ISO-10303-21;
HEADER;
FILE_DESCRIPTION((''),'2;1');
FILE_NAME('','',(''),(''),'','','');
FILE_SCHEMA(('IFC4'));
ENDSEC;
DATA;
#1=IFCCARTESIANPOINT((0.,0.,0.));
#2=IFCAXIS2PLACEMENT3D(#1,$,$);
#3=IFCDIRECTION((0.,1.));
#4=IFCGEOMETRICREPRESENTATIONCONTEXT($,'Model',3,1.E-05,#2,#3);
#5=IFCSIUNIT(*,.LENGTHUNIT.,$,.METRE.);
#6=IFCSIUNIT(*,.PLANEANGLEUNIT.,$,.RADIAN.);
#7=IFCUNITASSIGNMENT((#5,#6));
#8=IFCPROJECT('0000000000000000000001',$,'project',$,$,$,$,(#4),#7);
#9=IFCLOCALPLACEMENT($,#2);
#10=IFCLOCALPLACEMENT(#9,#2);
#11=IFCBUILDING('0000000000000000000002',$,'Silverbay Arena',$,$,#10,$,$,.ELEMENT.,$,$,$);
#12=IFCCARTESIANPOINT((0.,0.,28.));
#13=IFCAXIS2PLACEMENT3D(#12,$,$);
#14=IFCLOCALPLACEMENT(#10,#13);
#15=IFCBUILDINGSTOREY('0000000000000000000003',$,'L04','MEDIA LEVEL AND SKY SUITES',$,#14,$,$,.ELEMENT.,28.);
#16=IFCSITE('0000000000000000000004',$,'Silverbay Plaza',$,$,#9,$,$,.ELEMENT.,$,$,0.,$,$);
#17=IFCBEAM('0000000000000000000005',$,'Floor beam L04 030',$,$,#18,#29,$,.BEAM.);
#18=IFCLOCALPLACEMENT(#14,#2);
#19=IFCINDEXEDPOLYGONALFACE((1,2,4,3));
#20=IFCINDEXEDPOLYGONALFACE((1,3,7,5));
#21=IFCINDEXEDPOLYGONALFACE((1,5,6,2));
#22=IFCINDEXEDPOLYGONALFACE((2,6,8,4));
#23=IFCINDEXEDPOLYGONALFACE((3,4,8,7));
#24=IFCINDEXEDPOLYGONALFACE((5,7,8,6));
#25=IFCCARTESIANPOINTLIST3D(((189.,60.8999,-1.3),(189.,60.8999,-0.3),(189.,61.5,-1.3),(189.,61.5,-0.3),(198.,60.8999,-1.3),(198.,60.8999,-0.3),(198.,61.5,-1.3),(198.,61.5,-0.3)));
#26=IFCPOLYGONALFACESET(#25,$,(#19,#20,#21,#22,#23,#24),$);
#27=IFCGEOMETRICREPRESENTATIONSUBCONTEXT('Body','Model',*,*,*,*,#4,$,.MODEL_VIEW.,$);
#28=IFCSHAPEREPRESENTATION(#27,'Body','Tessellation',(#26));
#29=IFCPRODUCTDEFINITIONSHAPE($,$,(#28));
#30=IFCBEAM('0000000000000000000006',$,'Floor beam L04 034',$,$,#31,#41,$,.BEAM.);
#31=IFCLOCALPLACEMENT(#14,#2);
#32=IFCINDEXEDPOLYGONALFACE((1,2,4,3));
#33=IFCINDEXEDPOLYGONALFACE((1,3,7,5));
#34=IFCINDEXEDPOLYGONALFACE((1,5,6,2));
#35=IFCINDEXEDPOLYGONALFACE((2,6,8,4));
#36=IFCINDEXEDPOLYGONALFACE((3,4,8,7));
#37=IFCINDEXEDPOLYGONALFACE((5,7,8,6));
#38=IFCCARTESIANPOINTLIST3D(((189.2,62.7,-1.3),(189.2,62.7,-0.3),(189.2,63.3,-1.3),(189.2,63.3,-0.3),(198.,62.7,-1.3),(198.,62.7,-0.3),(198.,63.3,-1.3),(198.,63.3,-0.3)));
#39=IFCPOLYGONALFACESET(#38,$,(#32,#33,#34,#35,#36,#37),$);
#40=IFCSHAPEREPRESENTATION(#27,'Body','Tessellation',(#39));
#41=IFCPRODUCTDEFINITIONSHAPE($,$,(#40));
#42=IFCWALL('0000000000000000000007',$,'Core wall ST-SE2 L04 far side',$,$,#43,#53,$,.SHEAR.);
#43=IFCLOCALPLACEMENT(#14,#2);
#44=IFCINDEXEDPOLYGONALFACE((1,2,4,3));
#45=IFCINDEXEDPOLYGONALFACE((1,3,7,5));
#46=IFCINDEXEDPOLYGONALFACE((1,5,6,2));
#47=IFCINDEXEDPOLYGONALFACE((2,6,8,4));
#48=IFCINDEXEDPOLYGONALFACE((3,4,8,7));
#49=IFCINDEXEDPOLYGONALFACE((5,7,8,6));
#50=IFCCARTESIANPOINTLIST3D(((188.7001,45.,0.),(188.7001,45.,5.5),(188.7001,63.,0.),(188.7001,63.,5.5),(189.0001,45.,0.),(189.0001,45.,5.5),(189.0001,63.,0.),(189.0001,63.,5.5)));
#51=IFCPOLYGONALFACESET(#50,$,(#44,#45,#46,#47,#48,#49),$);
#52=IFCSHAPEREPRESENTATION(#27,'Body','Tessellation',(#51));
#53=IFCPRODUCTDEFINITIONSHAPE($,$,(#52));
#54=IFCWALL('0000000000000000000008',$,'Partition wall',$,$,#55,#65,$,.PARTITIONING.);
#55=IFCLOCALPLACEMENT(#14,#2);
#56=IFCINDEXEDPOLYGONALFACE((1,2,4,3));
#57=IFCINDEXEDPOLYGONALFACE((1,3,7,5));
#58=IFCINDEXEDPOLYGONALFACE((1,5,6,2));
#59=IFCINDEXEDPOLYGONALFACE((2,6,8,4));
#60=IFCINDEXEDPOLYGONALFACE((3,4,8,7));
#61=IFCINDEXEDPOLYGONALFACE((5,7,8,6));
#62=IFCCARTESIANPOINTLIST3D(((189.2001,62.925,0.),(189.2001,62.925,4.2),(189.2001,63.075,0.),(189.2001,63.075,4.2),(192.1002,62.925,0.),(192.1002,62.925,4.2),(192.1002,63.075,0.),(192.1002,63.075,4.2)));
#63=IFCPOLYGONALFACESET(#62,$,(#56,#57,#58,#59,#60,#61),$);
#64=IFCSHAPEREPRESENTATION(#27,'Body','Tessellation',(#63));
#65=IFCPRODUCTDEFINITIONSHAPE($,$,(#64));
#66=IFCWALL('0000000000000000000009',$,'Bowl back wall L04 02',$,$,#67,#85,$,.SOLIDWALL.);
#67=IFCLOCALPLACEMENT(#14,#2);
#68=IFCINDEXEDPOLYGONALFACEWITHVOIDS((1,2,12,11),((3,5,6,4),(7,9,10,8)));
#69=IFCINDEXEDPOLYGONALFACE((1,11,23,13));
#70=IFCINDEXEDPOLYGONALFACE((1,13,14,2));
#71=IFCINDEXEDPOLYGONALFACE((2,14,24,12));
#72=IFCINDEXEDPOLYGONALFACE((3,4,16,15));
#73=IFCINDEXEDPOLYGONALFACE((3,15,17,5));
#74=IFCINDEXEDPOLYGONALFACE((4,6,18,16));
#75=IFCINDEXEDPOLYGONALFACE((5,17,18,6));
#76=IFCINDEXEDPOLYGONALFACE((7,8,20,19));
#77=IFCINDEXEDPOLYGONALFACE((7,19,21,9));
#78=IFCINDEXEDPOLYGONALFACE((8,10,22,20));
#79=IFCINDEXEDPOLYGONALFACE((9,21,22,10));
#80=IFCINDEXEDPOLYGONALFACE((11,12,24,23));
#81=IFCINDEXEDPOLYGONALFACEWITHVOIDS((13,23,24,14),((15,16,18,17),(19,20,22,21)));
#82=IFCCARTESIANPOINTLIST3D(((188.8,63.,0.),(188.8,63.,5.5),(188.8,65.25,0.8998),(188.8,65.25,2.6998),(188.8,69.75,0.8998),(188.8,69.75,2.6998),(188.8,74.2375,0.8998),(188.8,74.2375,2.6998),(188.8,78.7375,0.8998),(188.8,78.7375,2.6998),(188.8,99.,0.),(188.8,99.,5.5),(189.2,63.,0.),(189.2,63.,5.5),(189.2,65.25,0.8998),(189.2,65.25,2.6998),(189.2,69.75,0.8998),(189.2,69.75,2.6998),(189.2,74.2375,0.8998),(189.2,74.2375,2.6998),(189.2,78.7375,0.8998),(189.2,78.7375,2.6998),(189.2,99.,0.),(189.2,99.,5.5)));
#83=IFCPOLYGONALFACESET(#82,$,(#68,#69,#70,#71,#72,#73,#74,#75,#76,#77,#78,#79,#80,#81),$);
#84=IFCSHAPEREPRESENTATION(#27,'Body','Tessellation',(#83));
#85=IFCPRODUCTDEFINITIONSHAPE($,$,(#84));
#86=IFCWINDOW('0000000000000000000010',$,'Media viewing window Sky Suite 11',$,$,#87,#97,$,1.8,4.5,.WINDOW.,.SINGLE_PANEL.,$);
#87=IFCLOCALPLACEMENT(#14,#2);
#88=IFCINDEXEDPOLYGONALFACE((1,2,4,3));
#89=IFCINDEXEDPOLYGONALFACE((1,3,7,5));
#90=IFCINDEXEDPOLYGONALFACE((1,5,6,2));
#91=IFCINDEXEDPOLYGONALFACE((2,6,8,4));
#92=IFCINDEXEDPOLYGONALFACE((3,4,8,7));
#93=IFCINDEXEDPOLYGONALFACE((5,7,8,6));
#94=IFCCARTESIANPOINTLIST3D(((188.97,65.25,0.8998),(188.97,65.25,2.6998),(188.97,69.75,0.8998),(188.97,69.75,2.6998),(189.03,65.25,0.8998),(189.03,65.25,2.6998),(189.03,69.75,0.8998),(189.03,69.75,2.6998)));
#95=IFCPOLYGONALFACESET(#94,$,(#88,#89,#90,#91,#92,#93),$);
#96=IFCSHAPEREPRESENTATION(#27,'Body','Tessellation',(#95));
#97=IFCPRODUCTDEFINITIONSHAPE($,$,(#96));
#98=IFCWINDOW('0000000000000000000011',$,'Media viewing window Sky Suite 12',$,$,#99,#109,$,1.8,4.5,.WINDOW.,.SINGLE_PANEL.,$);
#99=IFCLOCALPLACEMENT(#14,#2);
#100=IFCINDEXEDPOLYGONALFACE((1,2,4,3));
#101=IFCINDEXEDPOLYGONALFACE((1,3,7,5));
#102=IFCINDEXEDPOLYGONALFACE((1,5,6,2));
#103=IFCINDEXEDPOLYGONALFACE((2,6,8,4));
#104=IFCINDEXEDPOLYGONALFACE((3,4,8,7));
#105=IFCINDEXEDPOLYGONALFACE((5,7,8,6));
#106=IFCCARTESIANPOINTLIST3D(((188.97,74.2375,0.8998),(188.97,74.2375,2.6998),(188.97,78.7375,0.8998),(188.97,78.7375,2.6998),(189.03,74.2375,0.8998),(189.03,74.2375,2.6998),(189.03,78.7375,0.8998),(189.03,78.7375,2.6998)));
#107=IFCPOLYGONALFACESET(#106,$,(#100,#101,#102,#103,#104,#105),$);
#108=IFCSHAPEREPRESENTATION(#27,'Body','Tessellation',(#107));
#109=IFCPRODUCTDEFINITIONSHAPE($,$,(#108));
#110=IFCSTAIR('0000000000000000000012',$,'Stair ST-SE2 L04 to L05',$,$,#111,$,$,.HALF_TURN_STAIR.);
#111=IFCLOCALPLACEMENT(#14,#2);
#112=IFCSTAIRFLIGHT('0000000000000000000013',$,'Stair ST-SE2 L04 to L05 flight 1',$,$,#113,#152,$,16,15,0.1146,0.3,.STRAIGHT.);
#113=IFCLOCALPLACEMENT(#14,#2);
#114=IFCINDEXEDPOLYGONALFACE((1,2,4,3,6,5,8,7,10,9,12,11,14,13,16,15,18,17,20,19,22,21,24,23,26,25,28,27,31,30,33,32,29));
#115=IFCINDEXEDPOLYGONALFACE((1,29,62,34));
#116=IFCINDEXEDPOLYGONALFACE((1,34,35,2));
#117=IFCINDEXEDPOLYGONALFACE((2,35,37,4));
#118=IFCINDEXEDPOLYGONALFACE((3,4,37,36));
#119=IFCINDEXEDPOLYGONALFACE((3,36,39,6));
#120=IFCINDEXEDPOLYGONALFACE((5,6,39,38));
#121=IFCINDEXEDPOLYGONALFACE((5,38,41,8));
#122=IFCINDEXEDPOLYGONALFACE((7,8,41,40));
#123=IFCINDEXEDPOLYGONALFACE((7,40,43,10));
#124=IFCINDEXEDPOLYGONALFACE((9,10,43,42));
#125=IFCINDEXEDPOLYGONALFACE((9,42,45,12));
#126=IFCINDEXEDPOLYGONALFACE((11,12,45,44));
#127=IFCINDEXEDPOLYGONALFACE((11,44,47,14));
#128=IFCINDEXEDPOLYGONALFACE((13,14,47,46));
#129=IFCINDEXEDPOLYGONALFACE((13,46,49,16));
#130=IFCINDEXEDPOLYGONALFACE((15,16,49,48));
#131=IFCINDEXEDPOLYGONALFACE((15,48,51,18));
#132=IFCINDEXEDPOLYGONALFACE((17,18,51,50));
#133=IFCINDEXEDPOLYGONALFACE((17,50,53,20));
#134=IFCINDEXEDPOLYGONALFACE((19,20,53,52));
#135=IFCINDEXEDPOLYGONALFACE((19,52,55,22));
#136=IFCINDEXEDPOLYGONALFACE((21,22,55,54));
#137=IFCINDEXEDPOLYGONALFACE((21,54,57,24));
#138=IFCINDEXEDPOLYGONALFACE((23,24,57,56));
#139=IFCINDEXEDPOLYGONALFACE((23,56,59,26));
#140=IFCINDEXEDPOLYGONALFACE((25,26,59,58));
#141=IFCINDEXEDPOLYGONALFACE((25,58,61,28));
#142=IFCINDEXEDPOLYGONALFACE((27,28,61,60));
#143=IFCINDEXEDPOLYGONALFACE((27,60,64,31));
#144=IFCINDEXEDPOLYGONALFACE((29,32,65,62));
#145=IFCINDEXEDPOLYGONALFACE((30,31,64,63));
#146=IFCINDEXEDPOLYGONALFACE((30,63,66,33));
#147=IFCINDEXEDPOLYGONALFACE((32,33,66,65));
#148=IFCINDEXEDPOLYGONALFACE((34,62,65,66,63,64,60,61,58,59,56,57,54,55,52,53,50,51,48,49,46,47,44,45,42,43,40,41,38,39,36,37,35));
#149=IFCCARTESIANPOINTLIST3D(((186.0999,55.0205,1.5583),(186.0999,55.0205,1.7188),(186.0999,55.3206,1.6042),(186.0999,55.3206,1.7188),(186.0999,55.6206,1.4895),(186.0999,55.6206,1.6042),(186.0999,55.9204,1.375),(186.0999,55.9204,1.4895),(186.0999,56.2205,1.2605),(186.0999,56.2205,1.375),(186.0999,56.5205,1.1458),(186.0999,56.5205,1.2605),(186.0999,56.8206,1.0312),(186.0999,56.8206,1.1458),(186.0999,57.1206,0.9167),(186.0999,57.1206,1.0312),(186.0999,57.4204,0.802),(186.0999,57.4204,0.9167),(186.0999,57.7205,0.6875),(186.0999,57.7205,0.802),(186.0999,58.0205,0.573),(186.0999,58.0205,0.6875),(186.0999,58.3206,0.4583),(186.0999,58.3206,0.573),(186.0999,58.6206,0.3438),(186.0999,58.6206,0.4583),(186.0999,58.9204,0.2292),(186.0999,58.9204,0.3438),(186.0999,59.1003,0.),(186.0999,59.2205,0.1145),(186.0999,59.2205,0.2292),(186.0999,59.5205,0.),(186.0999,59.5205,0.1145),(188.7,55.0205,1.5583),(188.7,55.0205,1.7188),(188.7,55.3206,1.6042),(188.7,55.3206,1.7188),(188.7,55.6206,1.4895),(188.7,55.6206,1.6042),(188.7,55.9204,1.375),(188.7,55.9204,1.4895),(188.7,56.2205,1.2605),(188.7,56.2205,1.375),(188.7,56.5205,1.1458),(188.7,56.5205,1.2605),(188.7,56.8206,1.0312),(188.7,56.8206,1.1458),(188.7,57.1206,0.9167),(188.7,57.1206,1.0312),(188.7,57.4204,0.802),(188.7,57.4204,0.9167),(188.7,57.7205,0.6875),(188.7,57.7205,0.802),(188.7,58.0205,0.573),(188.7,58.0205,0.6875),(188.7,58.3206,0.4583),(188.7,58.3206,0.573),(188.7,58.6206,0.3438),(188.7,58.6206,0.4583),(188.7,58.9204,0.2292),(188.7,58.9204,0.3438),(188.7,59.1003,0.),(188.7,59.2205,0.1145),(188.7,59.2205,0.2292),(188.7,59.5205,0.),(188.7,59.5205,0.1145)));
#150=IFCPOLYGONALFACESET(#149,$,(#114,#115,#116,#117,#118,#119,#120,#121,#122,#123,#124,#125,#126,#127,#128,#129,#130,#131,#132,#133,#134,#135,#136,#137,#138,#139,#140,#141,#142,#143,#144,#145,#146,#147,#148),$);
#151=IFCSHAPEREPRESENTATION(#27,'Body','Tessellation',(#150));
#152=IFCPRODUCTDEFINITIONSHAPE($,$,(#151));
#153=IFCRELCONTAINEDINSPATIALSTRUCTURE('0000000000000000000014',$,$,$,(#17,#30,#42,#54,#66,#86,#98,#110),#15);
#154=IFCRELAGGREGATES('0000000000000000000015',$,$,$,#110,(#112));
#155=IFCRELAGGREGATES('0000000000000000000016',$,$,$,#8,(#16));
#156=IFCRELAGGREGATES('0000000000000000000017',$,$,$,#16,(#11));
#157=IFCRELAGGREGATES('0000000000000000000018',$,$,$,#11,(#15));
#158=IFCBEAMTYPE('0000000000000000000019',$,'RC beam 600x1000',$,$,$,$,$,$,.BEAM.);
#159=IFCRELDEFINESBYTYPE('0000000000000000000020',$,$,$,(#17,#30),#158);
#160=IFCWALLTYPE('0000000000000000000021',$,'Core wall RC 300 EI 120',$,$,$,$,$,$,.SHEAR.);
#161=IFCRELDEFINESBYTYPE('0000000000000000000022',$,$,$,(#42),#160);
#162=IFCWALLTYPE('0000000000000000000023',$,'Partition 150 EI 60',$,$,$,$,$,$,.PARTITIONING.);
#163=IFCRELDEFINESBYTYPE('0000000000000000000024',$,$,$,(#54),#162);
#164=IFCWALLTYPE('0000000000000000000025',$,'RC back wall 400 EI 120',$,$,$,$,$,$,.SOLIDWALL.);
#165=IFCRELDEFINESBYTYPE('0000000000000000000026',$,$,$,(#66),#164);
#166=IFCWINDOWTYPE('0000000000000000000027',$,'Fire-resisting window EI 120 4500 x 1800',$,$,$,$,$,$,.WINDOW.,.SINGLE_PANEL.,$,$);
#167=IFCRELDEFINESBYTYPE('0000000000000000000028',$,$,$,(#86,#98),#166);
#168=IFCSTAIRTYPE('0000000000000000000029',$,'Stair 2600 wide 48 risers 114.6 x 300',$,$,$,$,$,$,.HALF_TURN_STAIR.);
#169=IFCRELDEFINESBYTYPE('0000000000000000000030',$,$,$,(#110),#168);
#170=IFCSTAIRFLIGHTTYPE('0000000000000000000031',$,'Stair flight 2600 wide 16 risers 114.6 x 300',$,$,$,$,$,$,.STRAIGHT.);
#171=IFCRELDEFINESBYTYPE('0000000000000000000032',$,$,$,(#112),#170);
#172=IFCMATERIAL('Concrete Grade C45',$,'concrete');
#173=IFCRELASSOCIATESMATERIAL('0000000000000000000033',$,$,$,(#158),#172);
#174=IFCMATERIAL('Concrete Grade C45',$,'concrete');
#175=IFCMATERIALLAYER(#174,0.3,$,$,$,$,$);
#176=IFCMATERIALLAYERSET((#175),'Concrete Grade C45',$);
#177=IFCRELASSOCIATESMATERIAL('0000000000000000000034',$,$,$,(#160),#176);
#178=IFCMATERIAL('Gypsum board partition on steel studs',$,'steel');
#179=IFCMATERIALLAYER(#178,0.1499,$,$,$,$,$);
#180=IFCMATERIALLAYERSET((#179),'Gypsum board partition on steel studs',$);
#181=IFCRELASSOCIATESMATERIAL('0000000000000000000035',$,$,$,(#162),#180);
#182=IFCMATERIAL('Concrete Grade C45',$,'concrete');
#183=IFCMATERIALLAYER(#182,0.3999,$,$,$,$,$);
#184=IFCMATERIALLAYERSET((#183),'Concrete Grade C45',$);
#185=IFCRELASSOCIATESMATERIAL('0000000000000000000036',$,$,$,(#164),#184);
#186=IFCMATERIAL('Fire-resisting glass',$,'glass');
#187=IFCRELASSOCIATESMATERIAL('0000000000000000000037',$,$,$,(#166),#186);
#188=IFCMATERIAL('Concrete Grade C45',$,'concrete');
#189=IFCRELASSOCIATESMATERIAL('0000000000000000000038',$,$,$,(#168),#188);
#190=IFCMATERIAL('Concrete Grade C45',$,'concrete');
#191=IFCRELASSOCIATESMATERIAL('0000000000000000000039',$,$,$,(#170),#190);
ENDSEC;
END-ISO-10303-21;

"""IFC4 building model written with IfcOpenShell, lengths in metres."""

from ifc_helpers import new_model, si_unit, direction, frame, frame_2d, origin, origin_2d, place, context, subcontext, project, spatial, polyline, rectangle, outline, extrude, material, layer, layer_set, material_profile, profile_set, type_object, element, fill, aggregate, save


model = new_model("IFC4")

# Units and contexts
model_context = context("Model", 3, precision=1e-05, world=origin(), true_north=direction((0.0, 1.0)))
body_context = subcontext(model_context, "Body", "Model", "MODEL_VIEW")
ifc_project = project(units=[si_unit("LENGTHUNIT", "METRE"), si_unit("PLANEANGLEUNIT", "RADIAN")], contexts=[model_context])

# Site, building, storey
site_placement = place(None, origin())
site = spatial("IfcSite", under=ifc_project, at=site_placement, Name="Silverbay Plaza", CompositionType="ELEMENT", RefElevation=0.0)
building_placement = place(site_placement, origin())
building = spatial("IfcBuilding", under=site, at=building_placement, Name="Silverbay Arena", CompositionType="ELEMENT")
storey_placement = place(building_placement, frame((0.0, 0.0, 28.0)))
storey = spatial("IfcBuildingStorey", under=building, at=storey_placement, Name="L04", Description="MEDIA LEVEL AND SKY SUITES", CompositionType="ELEMENT", Elevation=28.0)

# Beams
ifc_material_1 = material(Name="Concrete Grade C45", Category="concrete")
ifc_material_profile = material_profile(ifc_material_1, rectangle(XDim=0.6001, YDim=1.0, at=origin_2d()), Name="RC 600x1000")
ifc_profile_set = profile_set([ifc_material_profile], Name="Concrete Grade C45")
beam_type = type_object("IfcBeamType", Name="RC beam 600x1000", PredefinedType="BEAM", material=ifc_profile_set)
beam_1_placement = place(storey_placement, frame((189.0, 61.2, -0.8), z_axis=(1.0, 0.0, 0.0), x_axis=(0.0, 1.0, 0.0)))
element("IfcBeam", 1, at=beam_1_placement, inside=storey, type_object=beam_type, Name="Floor beam L04 030", PredefinedType="BEAM", context=body_context, shape_type="SweptSolid", body=[
    extrude(rectangle(XDim=0.6001, YDim=1.0, at=origin_2d()), origin(), (0.0, 0.0, 1.0), 9.0),
])
beam_2_placement = place(storey_placement, frame((189.2, 63.0, -0.8), z_axis=(1.0, 0.0, 0.0), x_axis=(0.0, 1.0, 0.0)))
element("IfcBeam", 2, at=beam_2_placement, inside=storey, type_object=beam_type, Name="Floor beam L04 034", PredefinedType="BEAM", context=body_context, shape_type="SweptSolid", body=[
    extrude(rectangle(XDim=0.6001, YDim=1.0, at=origin_2d()), origin(), (0.0, 0.0, 1.0), 8.8),
])

# Walls
ifc_material_2 = material(Name="Concrete Grade C45", Category="concrete")
ifc_layer_1 = layer(ifc_material_2, 0.3)
ifc_layer_set_1 = layer_set([ifc_layer_1], Name="Concrete Grade C45")
wall_type_1 = type_object("IfcWallType", Name="Core wall RC 300 EI 120", PredefinedType="SHEAR", material=ifc_layer_set_1)
wall_1_placement = place(storey_placement, frame((188.8501, 63.0, 0.0), z_axis=(0.0, 0.0, 1.0), x_axis=(0.0, -1.0, 0.0)))
element("IfcWall", 3, at=wall_1_placement, inside=storey, type_object=wall_type_1, Name="Core wall ST-SE2 L04 far side", PredefinedType="SHEAR", context=body_context, shape_type="SweptSolid", body=[
    extrude(rectangle(XDim=18.0, YDim=0.3, at=frame_2d((9.0, 0.0))), origin(), (0.0, 0.0, 1.0), 5.5),
])
ifc_material_3 = material(Name="Gypsum board partition on steel studs", Category="steel")
ifc_layer_2 = layer(ifc_material_3, 0.1499)
ifc_layer_set_2 = layer_set([ifc_layer_2], Name="Gypsum board partition on steel studs")
wall_type_2 = type_object("IfcWallType", Name="Partition 150 EI 60", PredefinedType="PARTITIONING", material=ifc_layer_set_2)
wall_2_placement = place(storey_placement, frame((189.2, 63.0, 0.0), z_axis=(0.0, 0.0, 1.0), x_axis=(1.0, 0.0, 0.0)))
element("IfcWall", 4, at=wall_2_placement, inside=storey, type_object=wall_type_2, Name="Partition wall", PredefinedType="PARTITIONING", context=body_context, shape_type="SweptSolid", body=[
    extrude(rectangle(XDim=2.9001, YDim=0.1499, at=frame_2d((1.4502, 0.0))), origin(), (0.0, 0.0, 1.0), 4.2),
])

# Wall, openings, windows
ifc_material_4 = material(Name="Concrete Grade C45", Category="concrete")
ifc_layer_3 = layer(ifc_material_4, 0.3999)
ifc_layer_set_3 = layer_set([ifc_layer_3], Name="Concrete Grade C45")
wall_type_3 = type_object("IfcWallType", Name="RC back wall 400 EI 120", PredefinedType="SOLIDWALL", material=ifc_layer_set_3)
wall_3_placement = place(storey_placement, frame((189.0, 63.0, 0.0), z_axis=(0.0, 0.0, 1.0), x_axis=(0.0, 1.0, 0.0)))
wall_3 = element("IfcWall", 5, at=wall_3_placement, inside=storey, type_object=wall_type_3, Name="Bowl back wall L04 02", PredefinedType="SOLIDWALL", context=body_context, shape_type="SweptSolid", body=[
    extrude(rectangle(XDim=36.0, YDim=0.3999, at=frame_2d((18.0, 0.0))), origin(), (0.0, 0.0, 1.0), 5.5),
])
opening_1_placement = place(wall_3_placement, frame((2.25, 0.0, 0.8999)))
opening_1 = element("IfcOpeningElement", 6, at=opening_1_placement, cuts=wall_3, PredefinedType="OPENING", context=body_context, shape_type="SweptSolid", body=[
    extrude(rectangle(XDim=4.5, YDim=1.8, at=frame_2d((2.25, 0.8999))), frame((0.0, 0.21, 0.0), z_axis=(0.0, -1.0, 0.0), x_axis=(1.0, 0.0, 0.0)), (0.0, 0.0, 1.0), 0.4199),
])
opening_2_placement = place(wall_3_placement, frame((11.2375, 0.0, 0.8999)))
opening_2 = element("IfcOpeningElement", 7, at=opening_2_placement, cuts=wall_3, PredefinedType="OPENING", context=body_context, shape_type="SweptSolid", body=[
    extrude(rectangle(XDim=4.5, YDim=1.8, at=frame_2d((2.25, 0.8999))), frame((0.0, 0.21, 0.0), z_axis=(0.0, -1.0, 0.0), x_axis=(1.0, 0.0, 0.0)), (0.0, 0.0, 1.0), 0.4199),
])
ifc_material_5 = material(Name="Fire-resisting glass", Category="glass")
window_type = type_object("IfcWindowType", Name="Fire-resisting window EI 120 4500 x 1800", PartitioningType="SINGLE_PANEL", PredefinedType="WINDOW", material=ifc_material_5)
window_1_placement = place(opening_1_placement, origin())
window_1 = element("IfcWindow", 8, at=window_1_placement, inside=storey, type_object=window_type, Name="Media viewing window Sky Suite 11", OverallHeight=1.8, OverallWidth=4.5, PartitioningType="SINGLE_PANEL", PredefinedType="WINDOW", context=body_context, shape_type="SweptSolid", body=[
    extrude(rectangle(XDim=4.5, YDim=1.8, at=frame_2d((2.25, 0.8999))), frame((0.0, 0.03, 0.0), z_axis=(0.0, -1.0, 0.0), x_axis=(1.0, 0.0, 0.0)), (0.0, 0.0, 1.0), 0.0601),
])
fill(opening_1, window_1)
window_2_placement = place(opening_2_placement, origin())
window_2 = element("IfcWindow", 9, at=window_2_placement, inside=storey, type_object=window_type, Name="Media viewing window Sky Suite 12", OverallHeight=1.8, OverallWidth=4.5, PartitioningType="SINGLE_PANEL", PredefinedType="WINDOW", context=body_context, shape_type="SweptSolid", body=[
    extrude(rectangle(XDim=4.5, YDim=1.8, at=frame_2d((2.25, 0.8999))), frame((0.0, 0.03, 0.0), z_axis=(0.0, -1.0, 0.0), x_axis=(1.0, 0.0, 0.0)), (0.0, 0.0, 1.0), 0.0601),
])
fill(opening_2, window_2)

# Stair, stair flight
ifc_material_6 = material(Name="Concrete Grade C45", Category="concrete")
stair_type = type_object("IfcStairType", Name="Stair 2600 wide 48 risers 114.6 x 300", PredefinedType="HALF_TURN_STAIR", material=ifc_material_6)
stair_placement = place(storey_placement, origin())
stair = element("IfcStair", 10, at=stair_placement, inside=storey, type_object=stair_type, Name="Stair ST-SE2 L04 to L05", PredefinedType="HALF_TURN_STAIR")
ifc_material_7 = material(Name="Concrete Grade C45", Category="concrete")
stair_flight_type = type_object("IfcStairFlightType", Name="Stair flight 2600 wide 16 risers 114.6 x 300", PredefinedType="STRAIGHT", material=ifc_material_7)
stair_flight_1_placement = place(storey_placement, frame((187.3999, 59.5205, 0.0), z_axis=(0.0, 0.0, 1.0), x_axis=(0.0, -1.0, 0.0)))
stair_flight_1 = element("IfcStairFlight", 11, at=stair_flight_1_placement, type_object=stair_flight_type, Name="Stair ST-SE2 L04 to L05 flight 1", NumberOfRisers=16, NumberOfTreads=15, PredefinedType="STRAIGHT", RiserHeight=0.1146, TreadLength=0.3, context=body_context, shape_type="SweptSolid", body=[
    extrude(outline(polyline([(0.0, 0.0), (0.0, 0.1145), (0.3, 0.1145), (0.3, 0.2292), (0.6001, 0.2292), (0.6001, 0.3438), (0.8999, 0.3438), (0.8999, 0.4583), (1.2, 0.4583), (1.2, 0.573), (1.5, 0.573), (1.5, 0.6875), (1.8, 0.6875), (1.8, 0.802), (2.1001, 0.802), (2.1001, 0.9167), (2.3999, 0.9167), (2.3999, 1.0312), (2.7, 1.0312), (2.7, 1.1458), (3.0, 1.1458), (3.0, 1.2605), (3.3, 1.2605), (3.3, 1.375), (3.6001, 1.375), (3.6001, 1.4895), (3.8999, 1.4895), (3.8999, 1.6042), (4.2, 1.6042), (4.2, 1.7188), (4.5, 1.7188), (4.5, 1.5583), (0.4202, 0.0), (0.0, 0.0)])), frame((0.0, 1.3, 0.0), z_axis=(0.0, -1.0, 0.0), x_axis=(1.0, 0.0, 0.0)), (0.0, 0.0, 1.0), 2.6001),
])
aggregate(stair, [stair_flight_1])

save(model, "model.ifc")
